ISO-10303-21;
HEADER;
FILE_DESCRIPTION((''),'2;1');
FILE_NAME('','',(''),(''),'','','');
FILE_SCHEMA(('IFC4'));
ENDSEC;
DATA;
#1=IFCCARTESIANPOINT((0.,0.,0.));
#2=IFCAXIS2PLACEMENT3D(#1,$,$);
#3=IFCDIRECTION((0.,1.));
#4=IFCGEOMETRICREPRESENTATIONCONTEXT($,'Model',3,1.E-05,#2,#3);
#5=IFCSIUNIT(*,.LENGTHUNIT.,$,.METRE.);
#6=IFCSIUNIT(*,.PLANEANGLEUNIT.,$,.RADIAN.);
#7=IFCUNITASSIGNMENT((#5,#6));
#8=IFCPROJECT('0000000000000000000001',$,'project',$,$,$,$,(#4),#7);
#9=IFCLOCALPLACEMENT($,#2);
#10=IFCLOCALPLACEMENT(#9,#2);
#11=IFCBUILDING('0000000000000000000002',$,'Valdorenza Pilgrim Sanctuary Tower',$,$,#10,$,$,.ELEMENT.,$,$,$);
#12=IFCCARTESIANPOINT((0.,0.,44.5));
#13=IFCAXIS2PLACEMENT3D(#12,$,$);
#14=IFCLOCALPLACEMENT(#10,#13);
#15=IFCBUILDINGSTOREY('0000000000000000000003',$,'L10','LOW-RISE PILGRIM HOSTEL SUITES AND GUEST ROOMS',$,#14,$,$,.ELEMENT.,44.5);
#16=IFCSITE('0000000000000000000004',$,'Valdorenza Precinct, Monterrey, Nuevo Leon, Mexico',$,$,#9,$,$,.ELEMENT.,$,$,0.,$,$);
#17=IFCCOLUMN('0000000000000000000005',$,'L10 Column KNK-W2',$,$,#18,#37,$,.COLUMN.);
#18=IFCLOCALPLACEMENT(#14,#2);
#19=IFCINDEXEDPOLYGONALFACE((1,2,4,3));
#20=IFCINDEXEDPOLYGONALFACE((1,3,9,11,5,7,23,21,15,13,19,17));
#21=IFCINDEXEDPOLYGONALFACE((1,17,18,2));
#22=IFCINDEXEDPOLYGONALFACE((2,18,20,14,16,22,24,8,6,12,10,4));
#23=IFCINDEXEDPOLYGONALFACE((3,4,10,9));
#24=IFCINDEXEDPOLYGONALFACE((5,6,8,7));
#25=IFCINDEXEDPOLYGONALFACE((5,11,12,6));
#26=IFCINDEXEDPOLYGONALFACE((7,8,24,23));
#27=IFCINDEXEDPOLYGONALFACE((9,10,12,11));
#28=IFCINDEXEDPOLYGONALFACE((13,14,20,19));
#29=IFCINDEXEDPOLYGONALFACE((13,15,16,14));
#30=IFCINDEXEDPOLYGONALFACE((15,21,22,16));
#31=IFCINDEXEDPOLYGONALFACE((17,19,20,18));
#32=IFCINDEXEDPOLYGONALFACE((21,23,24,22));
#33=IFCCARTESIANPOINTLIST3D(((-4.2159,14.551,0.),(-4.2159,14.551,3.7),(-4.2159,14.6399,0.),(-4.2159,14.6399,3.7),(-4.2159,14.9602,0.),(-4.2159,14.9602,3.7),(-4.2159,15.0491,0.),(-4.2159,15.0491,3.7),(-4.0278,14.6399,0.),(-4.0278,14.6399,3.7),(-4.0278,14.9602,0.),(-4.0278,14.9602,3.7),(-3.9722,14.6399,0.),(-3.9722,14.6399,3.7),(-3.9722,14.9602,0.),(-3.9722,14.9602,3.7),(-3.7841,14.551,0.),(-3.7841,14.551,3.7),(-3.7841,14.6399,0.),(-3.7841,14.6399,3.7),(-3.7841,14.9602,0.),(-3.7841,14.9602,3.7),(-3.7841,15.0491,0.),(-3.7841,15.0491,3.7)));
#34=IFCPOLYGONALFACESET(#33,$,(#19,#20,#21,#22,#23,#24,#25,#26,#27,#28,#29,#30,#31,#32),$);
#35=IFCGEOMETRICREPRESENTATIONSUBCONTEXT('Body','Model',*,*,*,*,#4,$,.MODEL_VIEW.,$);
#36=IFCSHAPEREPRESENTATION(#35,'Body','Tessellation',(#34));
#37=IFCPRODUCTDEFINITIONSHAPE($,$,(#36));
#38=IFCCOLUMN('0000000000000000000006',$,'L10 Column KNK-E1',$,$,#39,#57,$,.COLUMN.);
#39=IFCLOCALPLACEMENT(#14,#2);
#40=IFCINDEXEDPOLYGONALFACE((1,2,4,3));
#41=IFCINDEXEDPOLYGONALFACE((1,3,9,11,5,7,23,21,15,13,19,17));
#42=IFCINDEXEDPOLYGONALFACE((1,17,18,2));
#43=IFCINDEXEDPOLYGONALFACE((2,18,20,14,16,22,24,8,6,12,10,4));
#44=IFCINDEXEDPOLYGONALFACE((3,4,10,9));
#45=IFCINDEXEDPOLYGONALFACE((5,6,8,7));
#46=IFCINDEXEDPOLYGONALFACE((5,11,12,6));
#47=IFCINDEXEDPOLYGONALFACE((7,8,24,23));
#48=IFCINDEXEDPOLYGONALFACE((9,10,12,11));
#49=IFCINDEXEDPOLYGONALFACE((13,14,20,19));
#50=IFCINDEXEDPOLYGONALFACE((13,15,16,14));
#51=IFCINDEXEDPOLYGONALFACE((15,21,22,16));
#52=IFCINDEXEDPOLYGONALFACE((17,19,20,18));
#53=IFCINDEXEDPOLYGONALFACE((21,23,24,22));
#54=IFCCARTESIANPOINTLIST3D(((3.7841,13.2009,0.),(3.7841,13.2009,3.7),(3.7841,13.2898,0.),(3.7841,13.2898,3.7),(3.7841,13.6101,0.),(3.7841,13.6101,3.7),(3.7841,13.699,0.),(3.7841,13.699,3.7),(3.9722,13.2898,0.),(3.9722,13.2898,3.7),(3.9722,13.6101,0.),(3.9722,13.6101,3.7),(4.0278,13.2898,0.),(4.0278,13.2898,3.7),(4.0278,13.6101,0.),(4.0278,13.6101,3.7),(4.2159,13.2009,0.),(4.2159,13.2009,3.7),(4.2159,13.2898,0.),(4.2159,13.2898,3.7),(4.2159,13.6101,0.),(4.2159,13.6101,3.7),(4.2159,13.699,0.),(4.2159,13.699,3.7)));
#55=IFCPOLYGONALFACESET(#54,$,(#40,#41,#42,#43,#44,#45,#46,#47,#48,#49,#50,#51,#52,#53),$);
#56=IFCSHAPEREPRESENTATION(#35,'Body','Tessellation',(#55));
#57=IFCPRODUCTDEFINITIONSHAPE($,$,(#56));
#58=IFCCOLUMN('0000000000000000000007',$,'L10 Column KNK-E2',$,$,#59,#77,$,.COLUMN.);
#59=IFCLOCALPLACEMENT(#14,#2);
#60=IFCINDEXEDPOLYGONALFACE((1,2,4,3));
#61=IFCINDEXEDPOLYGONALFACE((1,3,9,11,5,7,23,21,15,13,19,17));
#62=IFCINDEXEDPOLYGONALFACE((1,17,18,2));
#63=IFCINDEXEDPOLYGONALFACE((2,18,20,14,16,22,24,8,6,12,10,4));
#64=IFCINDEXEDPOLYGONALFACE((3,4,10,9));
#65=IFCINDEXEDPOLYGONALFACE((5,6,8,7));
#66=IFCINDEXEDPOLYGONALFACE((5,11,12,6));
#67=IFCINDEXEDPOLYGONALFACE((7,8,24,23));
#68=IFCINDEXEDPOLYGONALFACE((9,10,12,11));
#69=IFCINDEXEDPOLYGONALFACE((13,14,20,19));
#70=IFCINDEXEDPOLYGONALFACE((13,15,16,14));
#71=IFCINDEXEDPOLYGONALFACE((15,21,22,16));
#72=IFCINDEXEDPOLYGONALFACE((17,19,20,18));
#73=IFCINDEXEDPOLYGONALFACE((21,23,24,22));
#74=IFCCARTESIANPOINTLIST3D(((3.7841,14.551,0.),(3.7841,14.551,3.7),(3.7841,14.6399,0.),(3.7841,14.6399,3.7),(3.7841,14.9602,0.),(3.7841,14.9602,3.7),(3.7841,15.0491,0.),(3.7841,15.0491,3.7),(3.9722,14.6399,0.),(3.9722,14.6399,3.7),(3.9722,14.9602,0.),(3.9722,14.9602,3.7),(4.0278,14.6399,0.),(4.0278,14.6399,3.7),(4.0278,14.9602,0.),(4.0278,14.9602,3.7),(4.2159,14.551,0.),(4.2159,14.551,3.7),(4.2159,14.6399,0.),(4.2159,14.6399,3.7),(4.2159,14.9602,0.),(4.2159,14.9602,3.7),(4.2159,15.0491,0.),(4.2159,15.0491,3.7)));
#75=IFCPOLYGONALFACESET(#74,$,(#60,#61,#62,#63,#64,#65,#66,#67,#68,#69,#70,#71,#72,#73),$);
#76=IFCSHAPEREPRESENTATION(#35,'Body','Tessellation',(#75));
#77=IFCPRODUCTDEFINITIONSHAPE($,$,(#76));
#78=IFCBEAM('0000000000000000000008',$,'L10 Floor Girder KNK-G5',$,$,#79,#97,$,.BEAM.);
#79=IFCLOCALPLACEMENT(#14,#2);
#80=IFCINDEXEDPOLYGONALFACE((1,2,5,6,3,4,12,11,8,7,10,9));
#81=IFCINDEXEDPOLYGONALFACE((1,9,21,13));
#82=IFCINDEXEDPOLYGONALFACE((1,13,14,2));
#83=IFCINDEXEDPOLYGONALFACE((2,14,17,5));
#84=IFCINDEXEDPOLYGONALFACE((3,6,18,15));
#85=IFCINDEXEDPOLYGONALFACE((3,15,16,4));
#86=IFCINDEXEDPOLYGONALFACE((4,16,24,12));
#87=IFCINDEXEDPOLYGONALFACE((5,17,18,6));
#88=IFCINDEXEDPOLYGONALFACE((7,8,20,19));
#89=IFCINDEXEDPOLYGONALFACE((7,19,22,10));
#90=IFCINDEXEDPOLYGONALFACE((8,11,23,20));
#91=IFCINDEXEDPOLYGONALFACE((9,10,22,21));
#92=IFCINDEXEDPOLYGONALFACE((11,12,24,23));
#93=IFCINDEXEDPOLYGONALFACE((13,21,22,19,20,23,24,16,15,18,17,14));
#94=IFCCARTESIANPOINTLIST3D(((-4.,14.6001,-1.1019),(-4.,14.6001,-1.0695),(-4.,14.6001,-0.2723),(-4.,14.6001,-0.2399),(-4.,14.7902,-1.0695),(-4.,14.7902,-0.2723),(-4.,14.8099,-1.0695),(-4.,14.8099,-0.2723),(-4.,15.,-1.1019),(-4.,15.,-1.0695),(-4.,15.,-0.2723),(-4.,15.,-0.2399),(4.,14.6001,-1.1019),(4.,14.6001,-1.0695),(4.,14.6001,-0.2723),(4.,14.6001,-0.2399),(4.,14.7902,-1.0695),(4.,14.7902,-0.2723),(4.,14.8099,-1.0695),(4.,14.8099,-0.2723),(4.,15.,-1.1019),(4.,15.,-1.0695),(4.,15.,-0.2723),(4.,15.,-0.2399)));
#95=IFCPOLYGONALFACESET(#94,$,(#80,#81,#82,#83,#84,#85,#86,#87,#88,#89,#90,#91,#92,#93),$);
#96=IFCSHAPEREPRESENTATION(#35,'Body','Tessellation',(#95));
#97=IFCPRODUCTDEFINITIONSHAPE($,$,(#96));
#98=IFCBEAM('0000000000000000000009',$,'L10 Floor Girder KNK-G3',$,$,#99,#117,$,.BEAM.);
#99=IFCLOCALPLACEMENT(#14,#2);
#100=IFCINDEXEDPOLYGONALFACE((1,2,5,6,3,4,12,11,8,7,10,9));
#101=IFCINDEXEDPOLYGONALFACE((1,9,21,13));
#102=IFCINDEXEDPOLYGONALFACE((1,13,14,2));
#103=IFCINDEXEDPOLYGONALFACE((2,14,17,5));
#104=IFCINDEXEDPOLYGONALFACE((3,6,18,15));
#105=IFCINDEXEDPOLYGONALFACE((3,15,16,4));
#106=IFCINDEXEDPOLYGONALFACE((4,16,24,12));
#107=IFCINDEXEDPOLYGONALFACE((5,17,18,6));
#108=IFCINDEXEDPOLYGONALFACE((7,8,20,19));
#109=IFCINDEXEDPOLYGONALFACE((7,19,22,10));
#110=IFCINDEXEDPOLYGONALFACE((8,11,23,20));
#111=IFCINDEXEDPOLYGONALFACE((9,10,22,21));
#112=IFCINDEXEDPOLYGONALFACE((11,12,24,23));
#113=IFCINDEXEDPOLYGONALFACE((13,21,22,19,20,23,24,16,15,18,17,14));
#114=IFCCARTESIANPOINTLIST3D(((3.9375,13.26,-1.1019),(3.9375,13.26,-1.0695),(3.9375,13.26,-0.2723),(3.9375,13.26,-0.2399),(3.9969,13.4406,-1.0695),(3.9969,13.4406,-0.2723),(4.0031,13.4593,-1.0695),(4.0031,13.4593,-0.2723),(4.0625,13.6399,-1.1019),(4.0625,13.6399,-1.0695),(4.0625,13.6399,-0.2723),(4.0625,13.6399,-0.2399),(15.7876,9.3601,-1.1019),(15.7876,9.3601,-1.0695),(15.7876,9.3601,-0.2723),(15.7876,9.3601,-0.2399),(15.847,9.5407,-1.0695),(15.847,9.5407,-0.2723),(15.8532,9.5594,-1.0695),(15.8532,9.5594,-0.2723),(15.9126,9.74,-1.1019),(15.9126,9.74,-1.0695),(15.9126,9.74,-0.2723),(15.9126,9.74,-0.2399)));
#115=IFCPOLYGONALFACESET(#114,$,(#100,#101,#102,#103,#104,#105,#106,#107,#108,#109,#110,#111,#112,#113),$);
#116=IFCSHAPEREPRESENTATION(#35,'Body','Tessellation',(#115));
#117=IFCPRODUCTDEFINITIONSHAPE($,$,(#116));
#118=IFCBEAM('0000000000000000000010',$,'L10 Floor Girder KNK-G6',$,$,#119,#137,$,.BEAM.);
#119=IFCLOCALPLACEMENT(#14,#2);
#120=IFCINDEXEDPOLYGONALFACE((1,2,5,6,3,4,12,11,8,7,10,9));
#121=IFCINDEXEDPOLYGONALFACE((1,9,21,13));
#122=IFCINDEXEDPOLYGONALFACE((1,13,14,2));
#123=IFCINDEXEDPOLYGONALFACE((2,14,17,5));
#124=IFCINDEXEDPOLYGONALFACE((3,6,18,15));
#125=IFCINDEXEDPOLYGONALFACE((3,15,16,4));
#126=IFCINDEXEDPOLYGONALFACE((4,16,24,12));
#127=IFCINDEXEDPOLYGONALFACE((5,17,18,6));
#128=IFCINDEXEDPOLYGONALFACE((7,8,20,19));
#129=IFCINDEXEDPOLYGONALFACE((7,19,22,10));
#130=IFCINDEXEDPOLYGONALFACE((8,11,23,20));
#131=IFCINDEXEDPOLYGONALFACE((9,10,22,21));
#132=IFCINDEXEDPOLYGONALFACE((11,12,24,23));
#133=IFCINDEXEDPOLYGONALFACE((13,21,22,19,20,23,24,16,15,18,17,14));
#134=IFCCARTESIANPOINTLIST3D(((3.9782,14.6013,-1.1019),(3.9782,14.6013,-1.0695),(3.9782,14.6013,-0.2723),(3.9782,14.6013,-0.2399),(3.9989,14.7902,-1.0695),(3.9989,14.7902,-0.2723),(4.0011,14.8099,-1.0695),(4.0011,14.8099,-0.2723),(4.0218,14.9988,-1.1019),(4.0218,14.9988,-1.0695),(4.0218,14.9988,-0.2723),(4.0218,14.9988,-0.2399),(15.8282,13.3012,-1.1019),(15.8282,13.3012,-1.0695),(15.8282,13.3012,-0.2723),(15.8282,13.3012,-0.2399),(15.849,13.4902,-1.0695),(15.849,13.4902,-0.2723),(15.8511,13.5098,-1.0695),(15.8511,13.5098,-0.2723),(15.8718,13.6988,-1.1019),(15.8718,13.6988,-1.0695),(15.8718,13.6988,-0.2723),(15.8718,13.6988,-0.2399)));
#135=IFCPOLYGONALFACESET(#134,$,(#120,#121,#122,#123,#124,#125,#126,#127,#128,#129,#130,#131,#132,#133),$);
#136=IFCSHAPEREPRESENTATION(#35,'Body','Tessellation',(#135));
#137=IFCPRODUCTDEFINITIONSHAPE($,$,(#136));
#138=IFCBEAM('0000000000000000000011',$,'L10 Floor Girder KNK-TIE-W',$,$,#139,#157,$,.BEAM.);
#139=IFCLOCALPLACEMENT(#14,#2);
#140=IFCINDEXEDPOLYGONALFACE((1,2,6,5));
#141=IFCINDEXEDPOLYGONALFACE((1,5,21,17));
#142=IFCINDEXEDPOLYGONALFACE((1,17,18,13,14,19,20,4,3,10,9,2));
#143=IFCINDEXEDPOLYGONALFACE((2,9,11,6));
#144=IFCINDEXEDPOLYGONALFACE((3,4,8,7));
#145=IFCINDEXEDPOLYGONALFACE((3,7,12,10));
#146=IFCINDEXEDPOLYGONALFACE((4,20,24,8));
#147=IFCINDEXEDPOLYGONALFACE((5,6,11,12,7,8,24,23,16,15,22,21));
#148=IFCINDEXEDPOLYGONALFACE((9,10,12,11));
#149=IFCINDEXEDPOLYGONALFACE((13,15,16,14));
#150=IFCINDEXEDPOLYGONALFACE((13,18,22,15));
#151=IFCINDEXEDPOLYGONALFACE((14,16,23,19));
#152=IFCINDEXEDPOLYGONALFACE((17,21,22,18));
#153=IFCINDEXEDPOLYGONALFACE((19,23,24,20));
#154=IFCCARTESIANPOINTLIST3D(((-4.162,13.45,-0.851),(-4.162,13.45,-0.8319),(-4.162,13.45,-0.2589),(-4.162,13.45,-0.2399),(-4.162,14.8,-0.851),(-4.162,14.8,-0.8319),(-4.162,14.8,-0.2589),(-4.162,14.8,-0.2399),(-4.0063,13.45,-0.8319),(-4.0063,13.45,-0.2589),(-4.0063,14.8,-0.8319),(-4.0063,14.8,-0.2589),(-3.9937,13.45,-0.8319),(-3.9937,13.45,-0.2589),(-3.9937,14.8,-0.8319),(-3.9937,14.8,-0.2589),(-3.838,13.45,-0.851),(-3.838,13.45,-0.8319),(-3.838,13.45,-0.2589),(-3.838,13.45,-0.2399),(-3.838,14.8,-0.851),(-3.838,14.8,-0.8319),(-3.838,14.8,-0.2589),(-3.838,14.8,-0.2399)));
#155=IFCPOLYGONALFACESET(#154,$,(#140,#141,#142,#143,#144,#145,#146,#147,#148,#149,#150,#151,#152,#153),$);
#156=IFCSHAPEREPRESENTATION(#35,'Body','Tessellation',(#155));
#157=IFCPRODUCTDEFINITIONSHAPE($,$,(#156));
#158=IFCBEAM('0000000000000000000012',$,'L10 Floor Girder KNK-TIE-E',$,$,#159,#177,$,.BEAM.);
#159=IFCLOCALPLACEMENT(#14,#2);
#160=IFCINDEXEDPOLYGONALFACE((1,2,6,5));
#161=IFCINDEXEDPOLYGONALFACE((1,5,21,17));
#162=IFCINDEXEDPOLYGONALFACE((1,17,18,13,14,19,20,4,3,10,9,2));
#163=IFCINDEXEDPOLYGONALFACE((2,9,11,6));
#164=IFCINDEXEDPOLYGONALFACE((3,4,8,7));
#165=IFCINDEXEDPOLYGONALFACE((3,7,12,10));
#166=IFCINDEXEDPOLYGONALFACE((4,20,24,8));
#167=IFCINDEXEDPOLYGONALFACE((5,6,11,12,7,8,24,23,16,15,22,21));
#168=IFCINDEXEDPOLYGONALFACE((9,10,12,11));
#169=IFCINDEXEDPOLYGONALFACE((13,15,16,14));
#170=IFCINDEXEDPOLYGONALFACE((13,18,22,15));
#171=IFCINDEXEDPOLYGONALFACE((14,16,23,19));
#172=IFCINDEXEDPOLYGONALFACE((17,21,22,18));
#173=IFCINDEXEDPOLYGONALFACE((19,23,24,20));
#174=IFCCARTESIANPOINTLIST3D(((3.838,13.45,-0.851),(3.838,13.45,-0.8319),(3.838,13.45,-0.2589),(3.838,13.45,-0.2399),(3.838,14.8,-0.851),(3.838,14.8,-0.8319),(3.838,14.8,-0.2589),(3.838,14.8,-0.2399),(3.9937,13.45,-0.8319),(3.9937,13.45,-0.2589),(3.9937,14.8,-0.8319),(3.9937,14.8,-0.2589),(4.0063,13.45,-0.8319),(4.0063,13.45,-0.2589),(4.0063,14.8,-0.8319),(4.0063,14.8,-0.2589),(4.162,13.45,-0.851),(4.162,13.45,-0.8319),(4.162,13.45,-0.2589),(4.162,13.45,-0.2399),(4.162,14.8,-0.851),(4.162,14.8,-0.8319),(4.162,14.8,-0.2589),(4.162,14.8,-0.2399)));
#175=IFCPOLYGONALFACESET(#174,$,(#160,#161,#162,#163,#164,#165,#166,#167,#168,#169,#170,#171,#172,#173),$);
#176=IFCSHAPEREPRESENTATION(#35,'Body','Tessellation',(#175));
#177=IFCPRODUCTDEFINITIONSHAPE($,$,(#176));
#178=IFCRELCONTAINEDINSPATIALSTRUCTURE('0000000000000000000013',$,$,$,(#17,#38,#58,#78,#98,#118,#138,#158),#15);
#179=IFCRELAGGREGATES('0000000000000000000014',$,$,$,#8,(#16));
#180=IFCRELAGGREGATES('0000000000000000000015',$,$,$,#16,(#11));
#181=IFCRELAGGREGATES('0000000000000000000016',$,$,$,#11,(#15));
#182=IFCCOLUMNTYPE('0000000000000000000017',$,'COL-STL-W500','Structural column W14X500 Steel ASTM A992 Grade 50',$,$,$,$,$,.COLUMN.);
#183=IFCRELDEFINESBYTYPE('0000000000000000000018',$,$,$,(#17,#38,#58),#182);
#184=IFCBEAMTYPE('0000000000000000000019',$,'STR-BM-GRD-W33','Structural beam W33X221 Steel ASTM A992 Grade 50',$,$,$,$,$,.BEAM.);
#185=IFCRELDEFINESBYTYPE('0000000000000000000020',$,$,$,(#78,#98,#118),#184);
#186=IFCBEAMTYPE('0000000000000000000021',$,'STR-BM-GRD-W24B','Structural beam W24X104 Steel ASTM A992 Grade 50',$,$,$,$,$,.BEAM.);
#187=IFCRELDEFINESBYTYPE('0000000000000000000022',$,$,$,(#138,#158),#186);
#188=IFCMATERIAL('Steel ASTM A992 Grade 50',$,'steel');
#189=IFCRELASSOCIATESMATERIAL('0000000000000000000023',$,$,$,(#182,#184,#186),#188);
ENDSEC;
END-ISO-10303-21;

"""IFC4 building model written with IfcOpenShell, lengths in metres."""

from ifc_helpers import new_model, si_unit, direction, frame, origin, origin_2d, place, context, subcontext, project, spatial, i_section, extrude, source, transform, mapped, material, material_profile, profile_set, type_object, element, save


model = new_model("IFC4")

# Units and contexts
model_context = context("Model", 3, precision=1e-05, world=origin(), true_north=direction((0.0, 1.0)))
body_context = subcontext(model_context, "Body", "Model", "MODEL_VIEW")
ifc_project = project(units=[si_unit("LENGTHUNIT", "METRE"), si_unit("PLANEANGLEUNIT", "RADIAN")], contexts=[model_context])

# Site, building, storey
site_placement = place(None, origin())
site = spatial("IfcSite", under=ifc_project, at=site_placement, Name="Valdorenza Precinct, Monterrey, Nuevo Leon, Mexico", CompositionType="ELEMENT", RefElevation=0.0)
building_placement = place(site_placement, origin())
building = spatial("IfcBuilding", under=site, at=building_placement, Name="Valdorenza Pilgrim Sanctuary Tower", CompositionType="ELEMENT")
storey_placement = place(building_placement, frame((0.0, 0.0, 44.5)))
storey = spatial("IfcBuildingStorey", under=building, at=storey_placement, Name="L10", Description="LOW-RISE PILGRIM HOSTEL SUITES AND GUEST ROOMS", CompositionType="ELEMENT", Elevation=44.5)

# Columns
ifc_material_1 = material(Name="Steel ASTM A992 Grade 50", Category="steel")
ifc_material_profile_1 = material_profile(ifc_material_1, i_section(OverallWidth=0.4319, OverallDepth=0.498, WebThickness=0.0557, FlangeThickness=0.0889, at=origin_2d()), Name="W14X500")
ifc_profile_set_1 = profile_set([ifc_material_profile_1], Name="Steel ASTM A992 Grade 50")
column_type = type_object("IfcColumnType", Name="COL-STL-W500", Description="Structural column W14X500 Steel ASTM A992 Grade 50", PredefinedType="COLUMN", material=ifc_profile_set_1)
shared_shape_1 = source(origin(), body_context, "Body", "SweptSolid", [
    extrude(i_section(OverallWidth=0.4319, OverallDepth=0.498, WebThickness=0.0557, FlangeThickness=0.0889, at=origin_2d()), origin(), (0.0, 0.0, 1.0), 3.7),
])
for number, where, z_axis, x_axis, name in (
    (1, (-4.0, 14.8, 0.0), (0.0, 0.0, 1.0), (1.0, 0.0, 0.0), "L10 Column KNK-W2"),
    (2, (4.0, 13.45, 0.0), (0.0, 0.0, 1.0), (1.0, 0.0, 0.0), "L10 Column KNK-E1"),
    (3, (4.0, 14.8, 0.0), (0.0, 0.0, 1.0), (1.0, 0.0, 0.0), "L10 Column KNK-E2"),
):
    element("IfcColumn", number, at=place(storey_placement, frame(where, z_axis=z_axis, x_axis=x_axis)), inside=storey, type_object=column_type, Name=name, PredefinedType="COLUMN", context=body_context, shape_type="MappedRepresentation", body=[
        mapped(shared_shape_1, transform((0.0, 0.0, 0.0), x_axis=(1.0, 0.0, 0.0), y_axis=(0.0, 1.0, 0.0), z_axis=(0.0, 0.0, 1.0), scale=1.0)),
    ])

# Beams
ifc_material_profile_2 = material_profile(ifc_material_1, i_section(OverallWidth=0.3999, OverallDepth=0.8621, WebThickness=0.0198, FlangeThickness=0.0325, at=origin_2d()), Name="W33X221")
ifc_profile_set_2 = profile_set([ifc_material_profile_2], Name="Steel ASTM A992 Grade 50")
beam_type_1 = type_object("IfcBeamType", Name="STR-BM-GRD-W33", Description="Structural beam W33X221 Steel ASTM A992 Grade 50", PredefinedType="BEAM", material=ifc_profile_set_2)
shared_shape_2 = source(origin(), body_context, "Body", "SweptSolid", [
    extrude(i_section(OverallWidth=0.3999, OverallDepth=0.8621, WebThickness=0.0198, FlangeThickness=0.0325, at=origin_2d()), origin(), (0.0, 0.0, 1.0), 8.0),
])
beam_1_placement = place(storey_placement, frame((-4.0, 14.8, -0.6709), z_axis=(1.0, 0.0, 0.0), x_axis=(0.0, 1.0, 0.0)))
element("IfcBeam", 4, at=beam_1_placement, inside=storey, type_object=beam_type_1, Name="L10 Floor Girder KNK-G5", PredefinedType="BEAM", context=body_context, shape_type="MappedRepresentation", body=[
    mapped(shared_shape_2, transform((0.0, 0.0, 0.0), x_axis=(1.0, 0.0, 0.0), y_axis=(0.0, 1.0, 0.0), z_axis=(0.0, 0.0, 1.0), scale=1.0)),
])
shared_shape_3 = source(origin(), body_context, "Body", "SweptSolid", [
    extrude(i_section(OverallWidth=0.3999, OverallDepth=0.8621, WebThickness=0.0198, FlangeThickness=0.0325, at=origin_2d()), origin(), (0.0, 0.0, 1.0), 12.4753),
])
beam_2_placement = place(storey_placement, frame((4.0, 13.45, -0.6709), z_axis=(0.949882, -0.312609, 0.0), x_axis=(0.312609, 0.949882, 0.0)))
element("IfcBeam", 5, at=beam_2_placement, inside=storey, type_object=beam_type_1, Name="L10 Floor Girder KNK-G3", PredefinedType="BEAM", context=body_context, shape_type="MappedRepresentation", body=[
    mapped(shared_shape_3, transform((0.0, 0.0, 0.0), x_axis=(1.0, 0.0, 0.0), y_axis=(0.0, 1.0, 0.0), z_axis=(0.0, 0.0, 1.0), scale=1.0)),
])
shared_shape_4 = source(origin(), body_context, "Body", "SweptSolid", [
    extrude(i_section(OverallWidth=0.3999, OverallDepth=0.8621, WebThickness=0.0198, FlangeThickness=0.0325, at=origin_2d()), origin(), (0.0, 0.0, 1.0), 11.9211),
])
beam_3_placement = place(storey_placement, frame((4.0, 14.8, -0.6709), z_axis=(0.994036, -0.109054, 0.0), x_axis=(0.109054, 0.994036, 0.0)))
element("IfcBeam", 6, at=beam_3_placement, inside=storey, type_object=beam_type_1, Name="L10 Floor Girder KNK-G6", PredefinedType="BEAM", context=body_context, shape_type="MappedRepresentation", body=[
    mapped(shared_shape_4, transform((0.0, 0.0, 0.0), x_axis=(1.0, 0.0, 0.0), y_axis=(0.0, 1.0, 0.0), z_axis=(0.0, 0.0, 1.0), scale=1.0)),
])
ifc_material_profile_3 = material_profile(ifc_material_1, i_section(OverallWidth=0.324, OverallDepth=0.6111, WebThickness=0.0127, FlangeThickness=0.019, at=origin_2d()), Name="W24X104")
ifc_profile_set_3 = profile_set([ifc_material_profile_3], Name="Steel ASTM A992 Grade 50")
beam_type_2 = type_object("IfcBeamType", Name="STR-BM-GRD-W24B", Description="Structural beam W24X104 Steel ASTM A992 Grade 50", PredefinedType="BEAM", material=ifc_profile_set_3)
shared_shape_5 = source(origin(), body_context, "Body", "SweptSolid", [
    extrude(i_section(OverallWidth=0.324, OverallDepth=0.6111, WebThickness=0.0127, FlangeThickness=0.019, at=origin_2d()), origin(), (0.0, 0.0, 1.0), 1.3501),
])
for number, where, z_axis, x_axis, name in (
    (7, (-4.0, 13.45, -0.5454), (0.0, 1.0, 0.0), (-1.0, 0.0, 0.0), "L10 Floor Girder KNK-TIE-W"),
    (8, (4.0, 13.45, -0.5454), (0.0, 1.0, 0.0), (-1.0, 0.0, 0.0), "L10 Floor Girder KNK-TIE-E"),
):
    element("IfcBeam", number, at=place(storey_placement, frame(where, z_axis=z_axis, x_axis=x_axis)), inside=storey, type_object=beam_type_2, Name=name, PredefinedType="BEAM", context=body_context, shape_type="MappedRepresentation", body=[
        mapped(shared_shape_5, transform((0.0, 0.0, 0.0), x_axis=(1.0, 0.0, 0.0), y_axis=(0.0, 1.0, 0.0), z_axis=(0.0, 0.0, 1.0), scale=1.0)),
    ])

save(model, "model.ifc")
